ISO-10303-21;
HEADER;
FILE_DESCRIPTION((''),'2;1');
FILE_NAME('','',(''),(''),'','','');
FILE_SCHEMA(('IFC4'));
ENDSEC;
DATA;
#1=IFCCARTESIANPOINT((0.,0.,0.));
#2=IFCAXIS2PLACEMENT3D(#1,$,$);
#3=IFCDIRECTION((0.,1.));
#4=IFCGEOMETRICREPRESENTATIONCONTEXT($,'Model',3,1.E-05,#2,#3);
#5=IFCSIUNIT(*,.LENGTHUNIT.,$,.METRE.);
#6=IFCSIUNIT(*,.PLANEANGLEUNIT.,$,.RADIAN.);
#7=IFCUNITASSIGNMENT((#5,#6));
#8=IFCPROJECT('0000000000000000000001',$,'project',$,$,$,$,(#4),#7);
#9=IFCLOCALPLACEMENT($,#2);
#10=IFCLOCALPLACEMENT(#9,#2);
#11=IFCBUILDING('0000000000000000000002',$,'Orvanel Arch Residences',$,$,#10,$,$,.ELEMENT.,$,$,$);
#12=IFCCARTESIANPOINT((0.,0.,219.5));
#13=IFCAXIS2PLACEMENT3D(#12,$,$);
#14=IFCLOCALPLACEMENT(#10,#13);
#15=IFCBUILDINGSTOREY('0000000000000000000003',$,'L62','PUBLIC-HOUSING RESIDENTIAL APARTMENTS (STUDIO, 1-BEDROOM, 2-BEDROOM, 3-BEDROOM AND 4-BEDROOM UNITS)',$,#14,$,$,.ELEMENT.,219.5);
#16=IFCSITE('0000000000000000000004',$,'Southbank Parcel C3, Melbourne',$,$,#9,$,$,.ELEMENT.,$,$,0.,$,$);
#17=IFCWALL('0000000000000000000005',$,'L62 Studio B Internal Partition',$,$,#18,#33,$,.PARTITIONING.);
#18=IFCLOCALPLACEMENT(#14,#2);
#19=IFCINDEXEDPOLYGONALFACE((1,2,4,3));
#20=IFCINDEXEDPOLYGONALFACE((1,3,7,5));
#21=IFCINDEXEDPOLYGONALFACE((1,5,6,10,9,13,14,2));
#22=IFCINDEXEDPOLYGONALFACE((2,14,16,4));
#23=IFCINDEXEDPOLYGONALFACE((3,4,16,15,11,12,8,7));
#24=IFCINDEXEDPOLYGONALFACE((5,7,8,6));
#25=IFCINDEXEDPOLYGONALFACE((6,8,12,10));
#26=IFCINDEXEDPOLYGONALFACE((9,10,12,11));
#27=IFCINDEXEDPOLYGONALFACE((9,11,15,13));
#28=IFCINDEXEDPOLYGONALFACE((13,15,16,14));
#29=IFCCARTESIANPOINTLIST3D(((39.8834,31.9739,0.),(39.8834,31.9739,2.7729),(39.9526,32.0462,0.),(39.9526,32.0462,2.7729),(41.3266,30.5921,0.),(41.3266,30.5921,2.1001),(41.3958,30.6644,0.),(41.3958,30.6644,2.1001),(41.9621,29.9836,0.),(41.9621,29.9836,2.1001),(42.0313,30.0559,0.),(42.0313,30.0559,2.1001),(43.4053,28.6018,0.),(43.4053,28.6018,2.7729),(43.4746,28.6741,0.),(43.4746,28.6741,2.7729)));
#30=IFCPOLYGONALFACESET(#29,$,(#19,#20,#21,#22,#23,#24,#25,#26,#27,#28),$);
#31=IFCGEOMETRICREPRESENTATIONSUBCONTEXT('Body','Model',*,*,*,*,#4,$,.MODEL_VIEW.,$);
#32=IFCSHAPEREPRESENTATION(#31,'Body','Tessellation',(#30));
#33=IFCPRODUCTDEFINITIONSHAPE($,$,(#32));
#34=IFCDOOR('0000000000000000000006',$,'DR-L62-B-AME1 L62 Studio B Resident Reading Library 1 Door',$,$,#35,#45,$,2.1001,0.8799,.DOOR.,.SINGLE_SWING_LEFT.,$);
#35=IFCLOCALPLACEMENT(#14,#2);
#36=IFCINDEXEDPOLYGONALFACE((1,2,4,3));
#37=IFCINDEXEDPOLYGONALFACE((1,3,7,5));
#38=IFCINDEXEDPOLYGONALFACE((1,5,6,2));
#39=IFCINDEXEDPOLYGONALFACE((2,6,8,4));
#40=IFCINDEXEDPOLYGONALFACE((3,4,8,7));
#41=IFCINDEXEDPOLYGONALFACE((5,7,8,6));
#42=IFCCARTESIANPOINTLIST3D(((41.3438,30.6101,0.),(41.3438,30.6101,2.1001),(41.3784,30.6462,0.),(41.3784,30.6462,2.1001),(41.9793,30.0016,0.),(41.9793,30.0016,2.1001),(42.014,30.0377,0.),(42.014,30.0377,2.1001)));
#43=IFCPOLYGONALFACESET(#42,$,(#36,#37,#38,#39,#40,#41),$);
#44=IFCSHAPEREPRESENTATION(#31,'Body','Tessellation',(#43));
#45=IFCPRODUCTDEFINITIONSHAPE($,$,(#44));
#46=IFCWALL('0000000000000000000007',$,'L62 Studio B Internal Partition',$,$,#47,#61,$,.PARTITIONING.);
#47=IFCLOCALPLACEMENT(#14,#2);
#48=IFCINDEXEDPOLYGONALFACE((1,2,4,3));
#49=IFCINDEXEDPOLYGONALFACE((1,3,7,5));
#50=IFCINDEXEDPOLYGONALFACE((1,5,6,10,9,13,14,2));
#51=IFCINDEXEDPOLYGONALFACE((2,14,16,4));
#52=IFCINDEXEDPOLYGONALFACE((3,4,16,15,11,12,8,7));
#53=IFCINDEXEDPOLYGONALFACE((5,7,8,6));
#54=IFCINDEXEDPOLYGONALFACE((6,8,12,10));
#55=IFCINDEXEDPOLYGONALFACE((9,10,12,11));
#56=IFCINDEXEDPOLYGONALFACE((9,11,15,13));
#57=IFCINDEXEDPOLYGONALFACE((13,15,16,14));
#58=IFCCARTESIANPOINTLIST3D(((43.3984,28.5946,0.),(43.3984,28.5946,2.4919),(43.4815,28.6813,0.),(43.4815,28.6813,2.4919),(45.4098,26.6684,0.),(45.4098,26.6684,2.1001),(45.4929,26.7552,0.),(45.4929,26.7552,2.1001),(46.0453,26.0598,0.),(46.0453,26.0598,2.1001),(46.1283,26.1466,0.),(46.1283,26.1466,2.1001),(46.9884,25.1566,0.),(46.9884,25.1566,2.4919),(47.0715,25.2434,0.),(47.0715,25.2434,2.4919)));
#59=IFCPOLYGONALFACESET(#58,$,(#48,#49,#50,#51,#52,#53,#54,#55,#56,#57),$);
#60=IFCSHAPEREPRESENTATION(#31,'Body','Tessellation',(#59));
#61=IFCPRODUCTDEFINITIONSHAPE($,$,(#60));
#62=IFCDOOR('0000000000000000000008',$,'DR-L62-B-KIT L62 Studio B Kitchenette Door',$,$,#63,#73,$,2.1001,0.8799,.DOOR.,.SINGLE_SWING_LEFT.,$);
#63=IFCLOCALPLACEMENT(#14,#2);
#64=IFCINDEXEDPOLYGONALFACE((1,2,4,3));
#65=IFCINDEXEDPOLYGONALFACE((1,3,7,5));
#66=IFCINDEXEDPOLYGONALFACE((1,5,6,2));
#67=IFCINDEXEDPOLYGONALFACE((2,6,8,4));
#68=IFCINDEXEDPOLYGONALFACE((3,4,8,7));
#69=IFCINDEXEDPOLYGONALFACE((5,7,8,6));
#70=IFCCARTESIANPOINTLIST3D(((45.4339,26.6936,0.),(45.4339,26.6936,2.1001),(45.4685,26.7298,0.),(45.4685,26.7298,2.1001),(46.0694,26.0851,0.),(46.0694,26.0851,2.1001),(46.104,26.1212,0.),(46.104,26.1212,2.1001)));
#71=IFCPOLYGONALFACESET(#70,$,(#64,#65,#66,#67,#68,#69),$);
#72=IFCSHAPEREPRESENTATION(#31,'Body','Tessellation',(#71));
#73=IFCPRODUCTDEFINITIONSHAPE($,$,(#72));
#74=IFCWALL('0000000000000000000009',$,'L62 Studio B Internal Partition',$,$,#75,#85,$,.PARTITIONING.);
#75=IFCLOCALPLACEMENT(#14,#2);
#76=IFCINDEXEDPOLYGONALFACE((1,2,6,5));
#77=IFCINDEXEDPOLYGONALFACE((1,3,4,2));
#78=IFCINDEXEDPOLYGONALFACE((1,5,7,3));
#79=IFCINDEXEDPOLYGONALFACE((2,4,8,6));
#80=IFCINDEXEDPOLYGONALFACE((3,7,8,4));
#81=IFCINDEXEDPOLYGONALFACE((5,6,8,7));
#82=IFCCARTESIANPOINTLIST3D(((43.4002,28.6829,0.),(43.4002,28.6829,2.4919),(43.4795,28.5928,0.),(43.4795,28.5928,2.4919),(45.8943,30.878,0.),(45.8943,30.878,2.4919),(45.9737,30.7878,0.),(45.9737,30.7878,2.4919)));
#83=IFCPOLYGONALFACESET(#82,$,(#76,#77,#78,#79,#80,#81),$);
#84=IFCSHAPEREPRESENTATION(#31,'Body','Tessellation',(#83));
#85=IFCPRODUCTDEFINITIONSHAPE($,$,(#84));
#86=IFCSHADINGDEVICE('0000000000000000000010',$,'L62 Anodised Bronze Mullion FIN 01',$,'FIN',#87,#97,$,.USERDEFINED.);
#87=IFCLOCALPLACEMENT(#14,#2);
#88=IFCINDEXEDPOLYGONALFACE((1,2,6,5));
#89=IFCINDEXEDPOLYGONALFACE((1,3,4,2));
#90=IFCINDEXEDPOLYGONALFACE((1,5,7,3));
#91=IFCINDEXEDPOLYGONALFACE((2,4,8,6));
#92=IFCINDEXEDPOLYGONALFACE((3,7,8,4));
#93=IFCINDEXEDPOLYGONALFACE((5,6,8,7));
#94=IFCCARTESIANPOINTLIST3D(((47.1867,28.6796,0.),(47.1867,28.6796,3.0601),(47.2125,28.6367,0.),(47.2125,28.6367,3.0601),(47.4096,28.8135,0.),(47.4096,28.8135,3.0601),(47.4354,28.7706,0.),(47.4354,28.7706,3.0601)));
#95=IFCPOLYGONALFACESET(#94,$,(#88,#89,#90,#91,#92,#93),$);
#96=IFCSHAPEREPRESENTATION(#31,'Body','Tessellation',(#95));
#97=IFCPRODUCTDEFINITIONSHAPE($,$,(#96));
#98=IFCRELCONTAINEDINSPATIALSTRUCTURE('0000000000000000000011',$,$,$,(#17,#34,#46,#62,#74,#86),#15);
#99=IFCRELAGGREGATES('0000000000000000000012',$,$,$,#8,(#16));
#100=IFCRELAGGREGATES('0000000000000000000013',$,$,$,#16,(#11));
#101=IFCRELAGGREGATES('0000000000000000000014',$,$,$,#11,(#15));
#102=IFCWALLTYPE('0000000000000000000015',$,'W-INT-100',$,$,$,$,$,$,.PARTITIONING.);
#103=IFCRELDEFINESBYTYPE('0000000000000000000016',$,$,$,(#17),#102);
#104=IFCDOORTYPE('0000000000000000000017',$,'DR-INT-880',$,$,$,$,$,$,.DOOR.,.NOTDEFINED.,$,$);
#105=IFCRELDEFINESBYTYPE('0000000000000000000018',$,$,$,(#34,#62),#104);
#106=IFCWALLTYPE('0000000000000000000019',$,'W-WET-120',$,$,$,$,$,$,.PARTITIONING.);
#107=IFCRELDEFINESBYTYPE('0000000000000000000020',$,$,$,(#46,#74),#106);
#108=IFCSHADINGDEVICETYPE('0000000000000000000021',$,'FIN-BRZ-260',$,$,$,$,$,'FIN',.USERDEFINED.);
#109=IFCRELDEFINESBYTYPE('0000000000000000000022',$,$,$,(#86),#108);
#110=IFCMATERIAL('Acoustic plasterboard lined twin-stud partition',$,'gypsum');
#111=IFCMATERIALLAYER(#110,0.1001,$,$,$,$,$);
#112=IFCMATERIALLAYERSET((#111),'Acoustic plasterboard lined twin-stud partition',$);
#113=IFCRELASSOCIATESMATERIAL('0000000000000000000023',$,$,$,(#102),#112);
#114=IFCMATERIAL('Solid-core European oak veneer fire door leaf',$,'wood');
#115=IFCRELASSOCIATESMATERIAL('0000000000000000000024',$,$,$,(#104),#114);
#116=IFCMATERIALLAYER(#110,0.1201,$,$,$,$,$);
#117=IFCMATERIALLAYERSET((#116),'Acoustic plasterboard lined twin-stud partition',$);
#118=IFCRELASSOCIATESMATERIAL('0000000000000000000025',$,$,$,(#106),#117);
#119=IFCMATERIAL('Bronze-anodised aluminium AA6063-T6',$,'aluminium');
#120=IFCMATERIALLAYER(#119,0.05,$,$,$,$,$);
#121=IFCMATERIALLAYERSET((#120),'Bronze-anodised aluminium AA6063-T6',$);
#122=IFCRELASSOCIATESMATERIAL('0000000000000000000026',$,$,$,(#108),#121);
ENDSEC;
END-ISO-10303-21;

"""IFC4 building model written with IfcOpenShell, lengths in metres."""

from ifc_helpers import new_model, si_unit, direction, frame, frame_2d, origin, origin_2d, place, context, subcontext, project, spatial, rectangle, extrude, material, layer, layer_set, type_object, element, fill, save


model = new_model("IFC4")

# Units and contexts
model_context = context("Model", 3, precision=1e-05, world=origin(), true_north=direction((0.0, 1.0)))
body_context = subcontext(model_context, "Body", "Model", "MODEL_VIEW")
ifc_project = project(units=[si_unit("LENGTHUNIT", "METRE"), si_unit("PLANEANGLEUNIT", "RADIAN")], contexts=[model_context])

# Site, building, storey
site_placement = place(None, origin())
site = spatial("IfcSite", under=ifc_project, at=site_placement, Name="Southbank Parcel C3, Melbourne", CompositionType="ELEMENT", RefElevation=0.0)
building_placement = place(site_placement, origin())
building = spatial("IfcBuilding", under=site, at=building_placement, Name="Orvanel Arch Residences", CompositionType="ELEMENT")
storey_placement = place(building_placement, frame((0.0, 0.0, 219.5)))
storey = spatial("IfcBuildingStorey", under=building, at=storey_placement, Name="L62", Description="PUBLIC-HOUSING RESIDENTIAL APARTMENTS (STUDIO, 1-BEDROOM, 2-BEDROOM, 3-BEDROOM AND 4-BEDROOM UNITS)", CompositionType="ELEMENT", Elevation=219.5)

# Shared definitions
ifc_material_1 = material(Name="Bronze-anodised aluminium AA6063-T6", Category="aluminium")

# Walls, openings, doors
ifc_material_2 = material(Name="Acoustic plasterboard lined twin-stud partition", Category="gypsum")
ifc_layer_1 = layer(ifc_material_2, 0.1001)
ifc_layer_set_1 = layer_set([ifc_layer_1], Name="Acoustic plasterboard lined twin-stud partition")
wall_type_1 = type_object("IfcWallType", Name="W-INT-100", PredefinedType="PARTITIONING", material=ifc_layer_set_1)
wall_1_placement = place(storey_placement, frame((39.918, 32.01, 0.0), z_axis=(0.0, 0.0, 1.0), x_axis=(0.722311, -0.691568, 0.0)))
wall_1 = element("IfcWall", 1, at=wall_1_placement, inside=storey, type_object=wall_type_1, Name="L62 Studio B Internal Partition", PredefinedType="PARTITIONING", context=body_context, shape_type="SweptSolid", body=[
    extrude(rectangle(XDim=4.876, YDim=0.1001, at=frame_2d((2.438, 0.0))), origin(), (0.0, 0.0, 1.0), 2.7729),
])
opening_1_placement = place(wall_1_placement, frame((1.998, 0.0, 0.0)))
opening_1 = element("IfcOpeningElement", 2, at=opening_1_placement, cuts=wall_1, PredefinedType="OPENING", context=body_context, shape_type="SweptSolid", body=[
    extrude(rectangle(XDim=0.8799, YDim=2.1001, at=frame_2d((0.4399, 1.05))), frame((0.0, 0.0601, 0.0), z_axis=(0.0, -1.0, 0.0), x_axis=(1.0, 0.0, 0.0)), (0.0, 0.0, 1.0), 0.1201),
])
ifc_material_3 = material(Name="Solid-core European oak veneer fire door leaf", Category="wood")
door_type = type_object("IfcDoorType", Name="DR-INT-880", OperationType="NOTDEFINED", PredefinedType="DOOR", material=ifc_material_3)
door_1_placement = place(opening_1_placement, origin())
door_1 = element("IfcDoor", 3, at=door_1_placement, inside=storey, type_object=door_type, Name="DR-L62-B-AME1 L62 Studio B Resident Reading Library 1 Door", OperationType="SINGLE_SWING_LEFT", OverallHeight=2.1001, OverallWidth=0.8799, PredefinedType="DOOR", context=body_context, shape_type="SweptSolid", body=[
    extrude(rectangle(XDim=0.8799, YDim=2.1001, at=frame_2d((0.4399, 1.05))), frame((0.0, 0.0249, 0.0), z_axis=(0.0, -1.0, 0.0), x_axis=(1.0, 0.0, 0.0)), (0.0, 0.0, 1.0), 0.05),
])
fill(opening_1, door_1)
ifc_layer_2 = layer(ifc_material_2, 0.1201)
ifc_layer_set_2 = layer_set([ifc_layer_2], Name="Acoustic plasterboard lined twin-stud partition")
wall_type_2 = type_object("IfcWallType", Name="W-WET-120", PredefinedType="PARTITIONING", material=ifc_layer_set_2)
wall_2_placement = place(storey_placement, frame((43.4399, 28.6379, 0.0), z_axis=(0.0, 0.0, 1.0), x_axis=(0.722241, -0.691642, 0.0)))
wall_2 = element("IfcWall", 4, at=wall_2_placement, inside=storey, type_object=wall_type_2, Name="L62 Studio B Internal Partition", PredefinedType="PARTITIONING", context=body_context, shape_type="SweptSolid", body=[
    extrude(rectangle(XDim=4.9707, YDim=0.1201, at=frame_2d((2.4854, 0.0))), origin(), (0.0, 0.0, 1.0), 2.4919),
])
opening_2_placement = place(wall_2_placement, frame((2.7849, 0.0, 0.0)))
opening_2 = element("IfcOpeningElement", 5, at=opening_2_placement, cuts=wall_2, PredefinedType="OPENING", context=body_context, shape_type="SweptSolid", body=[
    extrude(rectangle(XDim=0.8799, YDim=2.1001, at=frame_2d((0.4399, 1.05))), frame((0.0, 0.0701, 0.0), z_axis=(0.0, -1.0, 0.0), x_axis=(1.0, 0.0, 0.0)), (0.0, 0.0, 1.0), 0.1401),
])
door_2_placement = place(opening_2_placement, origin())
door_2 = element("IfcDoor", 6, at=door_2_placement, inside=storey, type_object=door_type, Name="DR-L62-B-KIT L62 Studio B Kitchenette Door", OperationType="SINGLE_SWING_LEFT", OverallHeight=2.1001, OverallWidth=0.8799, PredefinedType="DOOR", context=body_context, shape_type="SweptSolid", body=[
    extrude(rectangle(XDim=0.8799, YDim=2.1001, at=frame_2d((0.4399, 1.05))), frame((0.0, 0.0249, 0.0), z_axis=(0.0, -1.0, 0.0), x_axis=(1.0, 0.0, 0.0)), (0.0, 0.0, 1.0), 0.05),
])
fill(opening_2, door_2)

# Wall
wall_3_placement = place(storey_placement, frame((43.4399, 28.6379, 0.0), z_axis=(0.0, 0.0, 1.0), x_axis=(0.75068, 0.660666, 0.0)))
element("IfcWall", 7, at=wall_3_placement, inside=storey, type_object=wall_type_2, Name="L62 Studio B Internal Partition", PredefinedType="PARTITIONING", context=body_context, shape_type="SweptSolid", body=[
    extrude(rectangle(XDim=3.3225, YDim=0.1201, at=frame_2d((1.6611, 0.0))), origin(), (0.0, 0.0, 1.0), 2.4919),
])

# Shading device
ifc_layer_3 = layer(ifc_material_1, 0.05)
ifc_layer_set_3 = layer_set([ifc_layer_3], Name="Bronze-anodised aluminium AA6063-T6")
shading_device_type = type_object("IfcShadingDeviceType", Name="FIN-BRZ-260", ElementType="FIN", PredefinedType="USERDEFINED", material=ifc_layer_set_3)
shading_device_placement = place(storey_placement, frame((47.311, 28.7251, 0.0), z_axis=(0.0, 0.0, 1.0), x_axis=(0.857167, 0.515038, 0.0)))
element("IfcShadingDevice", 8, at=shading_device_placement, inside=storey, type_object=shading_device_type, Name="L62 Anodised Bronze Mullion FIN 01", ObjectType="FIN", PredefinedType="USERDEFINED", context=body_context, shape_type="SweptSolid", body=[
    extrude(rectangle(XDim=0.26, YDim=0.05, at=origin_2d()), origin(), (0.0, 0.0, 1.0), 3.0601),
])

save(model, "model.ifc")
